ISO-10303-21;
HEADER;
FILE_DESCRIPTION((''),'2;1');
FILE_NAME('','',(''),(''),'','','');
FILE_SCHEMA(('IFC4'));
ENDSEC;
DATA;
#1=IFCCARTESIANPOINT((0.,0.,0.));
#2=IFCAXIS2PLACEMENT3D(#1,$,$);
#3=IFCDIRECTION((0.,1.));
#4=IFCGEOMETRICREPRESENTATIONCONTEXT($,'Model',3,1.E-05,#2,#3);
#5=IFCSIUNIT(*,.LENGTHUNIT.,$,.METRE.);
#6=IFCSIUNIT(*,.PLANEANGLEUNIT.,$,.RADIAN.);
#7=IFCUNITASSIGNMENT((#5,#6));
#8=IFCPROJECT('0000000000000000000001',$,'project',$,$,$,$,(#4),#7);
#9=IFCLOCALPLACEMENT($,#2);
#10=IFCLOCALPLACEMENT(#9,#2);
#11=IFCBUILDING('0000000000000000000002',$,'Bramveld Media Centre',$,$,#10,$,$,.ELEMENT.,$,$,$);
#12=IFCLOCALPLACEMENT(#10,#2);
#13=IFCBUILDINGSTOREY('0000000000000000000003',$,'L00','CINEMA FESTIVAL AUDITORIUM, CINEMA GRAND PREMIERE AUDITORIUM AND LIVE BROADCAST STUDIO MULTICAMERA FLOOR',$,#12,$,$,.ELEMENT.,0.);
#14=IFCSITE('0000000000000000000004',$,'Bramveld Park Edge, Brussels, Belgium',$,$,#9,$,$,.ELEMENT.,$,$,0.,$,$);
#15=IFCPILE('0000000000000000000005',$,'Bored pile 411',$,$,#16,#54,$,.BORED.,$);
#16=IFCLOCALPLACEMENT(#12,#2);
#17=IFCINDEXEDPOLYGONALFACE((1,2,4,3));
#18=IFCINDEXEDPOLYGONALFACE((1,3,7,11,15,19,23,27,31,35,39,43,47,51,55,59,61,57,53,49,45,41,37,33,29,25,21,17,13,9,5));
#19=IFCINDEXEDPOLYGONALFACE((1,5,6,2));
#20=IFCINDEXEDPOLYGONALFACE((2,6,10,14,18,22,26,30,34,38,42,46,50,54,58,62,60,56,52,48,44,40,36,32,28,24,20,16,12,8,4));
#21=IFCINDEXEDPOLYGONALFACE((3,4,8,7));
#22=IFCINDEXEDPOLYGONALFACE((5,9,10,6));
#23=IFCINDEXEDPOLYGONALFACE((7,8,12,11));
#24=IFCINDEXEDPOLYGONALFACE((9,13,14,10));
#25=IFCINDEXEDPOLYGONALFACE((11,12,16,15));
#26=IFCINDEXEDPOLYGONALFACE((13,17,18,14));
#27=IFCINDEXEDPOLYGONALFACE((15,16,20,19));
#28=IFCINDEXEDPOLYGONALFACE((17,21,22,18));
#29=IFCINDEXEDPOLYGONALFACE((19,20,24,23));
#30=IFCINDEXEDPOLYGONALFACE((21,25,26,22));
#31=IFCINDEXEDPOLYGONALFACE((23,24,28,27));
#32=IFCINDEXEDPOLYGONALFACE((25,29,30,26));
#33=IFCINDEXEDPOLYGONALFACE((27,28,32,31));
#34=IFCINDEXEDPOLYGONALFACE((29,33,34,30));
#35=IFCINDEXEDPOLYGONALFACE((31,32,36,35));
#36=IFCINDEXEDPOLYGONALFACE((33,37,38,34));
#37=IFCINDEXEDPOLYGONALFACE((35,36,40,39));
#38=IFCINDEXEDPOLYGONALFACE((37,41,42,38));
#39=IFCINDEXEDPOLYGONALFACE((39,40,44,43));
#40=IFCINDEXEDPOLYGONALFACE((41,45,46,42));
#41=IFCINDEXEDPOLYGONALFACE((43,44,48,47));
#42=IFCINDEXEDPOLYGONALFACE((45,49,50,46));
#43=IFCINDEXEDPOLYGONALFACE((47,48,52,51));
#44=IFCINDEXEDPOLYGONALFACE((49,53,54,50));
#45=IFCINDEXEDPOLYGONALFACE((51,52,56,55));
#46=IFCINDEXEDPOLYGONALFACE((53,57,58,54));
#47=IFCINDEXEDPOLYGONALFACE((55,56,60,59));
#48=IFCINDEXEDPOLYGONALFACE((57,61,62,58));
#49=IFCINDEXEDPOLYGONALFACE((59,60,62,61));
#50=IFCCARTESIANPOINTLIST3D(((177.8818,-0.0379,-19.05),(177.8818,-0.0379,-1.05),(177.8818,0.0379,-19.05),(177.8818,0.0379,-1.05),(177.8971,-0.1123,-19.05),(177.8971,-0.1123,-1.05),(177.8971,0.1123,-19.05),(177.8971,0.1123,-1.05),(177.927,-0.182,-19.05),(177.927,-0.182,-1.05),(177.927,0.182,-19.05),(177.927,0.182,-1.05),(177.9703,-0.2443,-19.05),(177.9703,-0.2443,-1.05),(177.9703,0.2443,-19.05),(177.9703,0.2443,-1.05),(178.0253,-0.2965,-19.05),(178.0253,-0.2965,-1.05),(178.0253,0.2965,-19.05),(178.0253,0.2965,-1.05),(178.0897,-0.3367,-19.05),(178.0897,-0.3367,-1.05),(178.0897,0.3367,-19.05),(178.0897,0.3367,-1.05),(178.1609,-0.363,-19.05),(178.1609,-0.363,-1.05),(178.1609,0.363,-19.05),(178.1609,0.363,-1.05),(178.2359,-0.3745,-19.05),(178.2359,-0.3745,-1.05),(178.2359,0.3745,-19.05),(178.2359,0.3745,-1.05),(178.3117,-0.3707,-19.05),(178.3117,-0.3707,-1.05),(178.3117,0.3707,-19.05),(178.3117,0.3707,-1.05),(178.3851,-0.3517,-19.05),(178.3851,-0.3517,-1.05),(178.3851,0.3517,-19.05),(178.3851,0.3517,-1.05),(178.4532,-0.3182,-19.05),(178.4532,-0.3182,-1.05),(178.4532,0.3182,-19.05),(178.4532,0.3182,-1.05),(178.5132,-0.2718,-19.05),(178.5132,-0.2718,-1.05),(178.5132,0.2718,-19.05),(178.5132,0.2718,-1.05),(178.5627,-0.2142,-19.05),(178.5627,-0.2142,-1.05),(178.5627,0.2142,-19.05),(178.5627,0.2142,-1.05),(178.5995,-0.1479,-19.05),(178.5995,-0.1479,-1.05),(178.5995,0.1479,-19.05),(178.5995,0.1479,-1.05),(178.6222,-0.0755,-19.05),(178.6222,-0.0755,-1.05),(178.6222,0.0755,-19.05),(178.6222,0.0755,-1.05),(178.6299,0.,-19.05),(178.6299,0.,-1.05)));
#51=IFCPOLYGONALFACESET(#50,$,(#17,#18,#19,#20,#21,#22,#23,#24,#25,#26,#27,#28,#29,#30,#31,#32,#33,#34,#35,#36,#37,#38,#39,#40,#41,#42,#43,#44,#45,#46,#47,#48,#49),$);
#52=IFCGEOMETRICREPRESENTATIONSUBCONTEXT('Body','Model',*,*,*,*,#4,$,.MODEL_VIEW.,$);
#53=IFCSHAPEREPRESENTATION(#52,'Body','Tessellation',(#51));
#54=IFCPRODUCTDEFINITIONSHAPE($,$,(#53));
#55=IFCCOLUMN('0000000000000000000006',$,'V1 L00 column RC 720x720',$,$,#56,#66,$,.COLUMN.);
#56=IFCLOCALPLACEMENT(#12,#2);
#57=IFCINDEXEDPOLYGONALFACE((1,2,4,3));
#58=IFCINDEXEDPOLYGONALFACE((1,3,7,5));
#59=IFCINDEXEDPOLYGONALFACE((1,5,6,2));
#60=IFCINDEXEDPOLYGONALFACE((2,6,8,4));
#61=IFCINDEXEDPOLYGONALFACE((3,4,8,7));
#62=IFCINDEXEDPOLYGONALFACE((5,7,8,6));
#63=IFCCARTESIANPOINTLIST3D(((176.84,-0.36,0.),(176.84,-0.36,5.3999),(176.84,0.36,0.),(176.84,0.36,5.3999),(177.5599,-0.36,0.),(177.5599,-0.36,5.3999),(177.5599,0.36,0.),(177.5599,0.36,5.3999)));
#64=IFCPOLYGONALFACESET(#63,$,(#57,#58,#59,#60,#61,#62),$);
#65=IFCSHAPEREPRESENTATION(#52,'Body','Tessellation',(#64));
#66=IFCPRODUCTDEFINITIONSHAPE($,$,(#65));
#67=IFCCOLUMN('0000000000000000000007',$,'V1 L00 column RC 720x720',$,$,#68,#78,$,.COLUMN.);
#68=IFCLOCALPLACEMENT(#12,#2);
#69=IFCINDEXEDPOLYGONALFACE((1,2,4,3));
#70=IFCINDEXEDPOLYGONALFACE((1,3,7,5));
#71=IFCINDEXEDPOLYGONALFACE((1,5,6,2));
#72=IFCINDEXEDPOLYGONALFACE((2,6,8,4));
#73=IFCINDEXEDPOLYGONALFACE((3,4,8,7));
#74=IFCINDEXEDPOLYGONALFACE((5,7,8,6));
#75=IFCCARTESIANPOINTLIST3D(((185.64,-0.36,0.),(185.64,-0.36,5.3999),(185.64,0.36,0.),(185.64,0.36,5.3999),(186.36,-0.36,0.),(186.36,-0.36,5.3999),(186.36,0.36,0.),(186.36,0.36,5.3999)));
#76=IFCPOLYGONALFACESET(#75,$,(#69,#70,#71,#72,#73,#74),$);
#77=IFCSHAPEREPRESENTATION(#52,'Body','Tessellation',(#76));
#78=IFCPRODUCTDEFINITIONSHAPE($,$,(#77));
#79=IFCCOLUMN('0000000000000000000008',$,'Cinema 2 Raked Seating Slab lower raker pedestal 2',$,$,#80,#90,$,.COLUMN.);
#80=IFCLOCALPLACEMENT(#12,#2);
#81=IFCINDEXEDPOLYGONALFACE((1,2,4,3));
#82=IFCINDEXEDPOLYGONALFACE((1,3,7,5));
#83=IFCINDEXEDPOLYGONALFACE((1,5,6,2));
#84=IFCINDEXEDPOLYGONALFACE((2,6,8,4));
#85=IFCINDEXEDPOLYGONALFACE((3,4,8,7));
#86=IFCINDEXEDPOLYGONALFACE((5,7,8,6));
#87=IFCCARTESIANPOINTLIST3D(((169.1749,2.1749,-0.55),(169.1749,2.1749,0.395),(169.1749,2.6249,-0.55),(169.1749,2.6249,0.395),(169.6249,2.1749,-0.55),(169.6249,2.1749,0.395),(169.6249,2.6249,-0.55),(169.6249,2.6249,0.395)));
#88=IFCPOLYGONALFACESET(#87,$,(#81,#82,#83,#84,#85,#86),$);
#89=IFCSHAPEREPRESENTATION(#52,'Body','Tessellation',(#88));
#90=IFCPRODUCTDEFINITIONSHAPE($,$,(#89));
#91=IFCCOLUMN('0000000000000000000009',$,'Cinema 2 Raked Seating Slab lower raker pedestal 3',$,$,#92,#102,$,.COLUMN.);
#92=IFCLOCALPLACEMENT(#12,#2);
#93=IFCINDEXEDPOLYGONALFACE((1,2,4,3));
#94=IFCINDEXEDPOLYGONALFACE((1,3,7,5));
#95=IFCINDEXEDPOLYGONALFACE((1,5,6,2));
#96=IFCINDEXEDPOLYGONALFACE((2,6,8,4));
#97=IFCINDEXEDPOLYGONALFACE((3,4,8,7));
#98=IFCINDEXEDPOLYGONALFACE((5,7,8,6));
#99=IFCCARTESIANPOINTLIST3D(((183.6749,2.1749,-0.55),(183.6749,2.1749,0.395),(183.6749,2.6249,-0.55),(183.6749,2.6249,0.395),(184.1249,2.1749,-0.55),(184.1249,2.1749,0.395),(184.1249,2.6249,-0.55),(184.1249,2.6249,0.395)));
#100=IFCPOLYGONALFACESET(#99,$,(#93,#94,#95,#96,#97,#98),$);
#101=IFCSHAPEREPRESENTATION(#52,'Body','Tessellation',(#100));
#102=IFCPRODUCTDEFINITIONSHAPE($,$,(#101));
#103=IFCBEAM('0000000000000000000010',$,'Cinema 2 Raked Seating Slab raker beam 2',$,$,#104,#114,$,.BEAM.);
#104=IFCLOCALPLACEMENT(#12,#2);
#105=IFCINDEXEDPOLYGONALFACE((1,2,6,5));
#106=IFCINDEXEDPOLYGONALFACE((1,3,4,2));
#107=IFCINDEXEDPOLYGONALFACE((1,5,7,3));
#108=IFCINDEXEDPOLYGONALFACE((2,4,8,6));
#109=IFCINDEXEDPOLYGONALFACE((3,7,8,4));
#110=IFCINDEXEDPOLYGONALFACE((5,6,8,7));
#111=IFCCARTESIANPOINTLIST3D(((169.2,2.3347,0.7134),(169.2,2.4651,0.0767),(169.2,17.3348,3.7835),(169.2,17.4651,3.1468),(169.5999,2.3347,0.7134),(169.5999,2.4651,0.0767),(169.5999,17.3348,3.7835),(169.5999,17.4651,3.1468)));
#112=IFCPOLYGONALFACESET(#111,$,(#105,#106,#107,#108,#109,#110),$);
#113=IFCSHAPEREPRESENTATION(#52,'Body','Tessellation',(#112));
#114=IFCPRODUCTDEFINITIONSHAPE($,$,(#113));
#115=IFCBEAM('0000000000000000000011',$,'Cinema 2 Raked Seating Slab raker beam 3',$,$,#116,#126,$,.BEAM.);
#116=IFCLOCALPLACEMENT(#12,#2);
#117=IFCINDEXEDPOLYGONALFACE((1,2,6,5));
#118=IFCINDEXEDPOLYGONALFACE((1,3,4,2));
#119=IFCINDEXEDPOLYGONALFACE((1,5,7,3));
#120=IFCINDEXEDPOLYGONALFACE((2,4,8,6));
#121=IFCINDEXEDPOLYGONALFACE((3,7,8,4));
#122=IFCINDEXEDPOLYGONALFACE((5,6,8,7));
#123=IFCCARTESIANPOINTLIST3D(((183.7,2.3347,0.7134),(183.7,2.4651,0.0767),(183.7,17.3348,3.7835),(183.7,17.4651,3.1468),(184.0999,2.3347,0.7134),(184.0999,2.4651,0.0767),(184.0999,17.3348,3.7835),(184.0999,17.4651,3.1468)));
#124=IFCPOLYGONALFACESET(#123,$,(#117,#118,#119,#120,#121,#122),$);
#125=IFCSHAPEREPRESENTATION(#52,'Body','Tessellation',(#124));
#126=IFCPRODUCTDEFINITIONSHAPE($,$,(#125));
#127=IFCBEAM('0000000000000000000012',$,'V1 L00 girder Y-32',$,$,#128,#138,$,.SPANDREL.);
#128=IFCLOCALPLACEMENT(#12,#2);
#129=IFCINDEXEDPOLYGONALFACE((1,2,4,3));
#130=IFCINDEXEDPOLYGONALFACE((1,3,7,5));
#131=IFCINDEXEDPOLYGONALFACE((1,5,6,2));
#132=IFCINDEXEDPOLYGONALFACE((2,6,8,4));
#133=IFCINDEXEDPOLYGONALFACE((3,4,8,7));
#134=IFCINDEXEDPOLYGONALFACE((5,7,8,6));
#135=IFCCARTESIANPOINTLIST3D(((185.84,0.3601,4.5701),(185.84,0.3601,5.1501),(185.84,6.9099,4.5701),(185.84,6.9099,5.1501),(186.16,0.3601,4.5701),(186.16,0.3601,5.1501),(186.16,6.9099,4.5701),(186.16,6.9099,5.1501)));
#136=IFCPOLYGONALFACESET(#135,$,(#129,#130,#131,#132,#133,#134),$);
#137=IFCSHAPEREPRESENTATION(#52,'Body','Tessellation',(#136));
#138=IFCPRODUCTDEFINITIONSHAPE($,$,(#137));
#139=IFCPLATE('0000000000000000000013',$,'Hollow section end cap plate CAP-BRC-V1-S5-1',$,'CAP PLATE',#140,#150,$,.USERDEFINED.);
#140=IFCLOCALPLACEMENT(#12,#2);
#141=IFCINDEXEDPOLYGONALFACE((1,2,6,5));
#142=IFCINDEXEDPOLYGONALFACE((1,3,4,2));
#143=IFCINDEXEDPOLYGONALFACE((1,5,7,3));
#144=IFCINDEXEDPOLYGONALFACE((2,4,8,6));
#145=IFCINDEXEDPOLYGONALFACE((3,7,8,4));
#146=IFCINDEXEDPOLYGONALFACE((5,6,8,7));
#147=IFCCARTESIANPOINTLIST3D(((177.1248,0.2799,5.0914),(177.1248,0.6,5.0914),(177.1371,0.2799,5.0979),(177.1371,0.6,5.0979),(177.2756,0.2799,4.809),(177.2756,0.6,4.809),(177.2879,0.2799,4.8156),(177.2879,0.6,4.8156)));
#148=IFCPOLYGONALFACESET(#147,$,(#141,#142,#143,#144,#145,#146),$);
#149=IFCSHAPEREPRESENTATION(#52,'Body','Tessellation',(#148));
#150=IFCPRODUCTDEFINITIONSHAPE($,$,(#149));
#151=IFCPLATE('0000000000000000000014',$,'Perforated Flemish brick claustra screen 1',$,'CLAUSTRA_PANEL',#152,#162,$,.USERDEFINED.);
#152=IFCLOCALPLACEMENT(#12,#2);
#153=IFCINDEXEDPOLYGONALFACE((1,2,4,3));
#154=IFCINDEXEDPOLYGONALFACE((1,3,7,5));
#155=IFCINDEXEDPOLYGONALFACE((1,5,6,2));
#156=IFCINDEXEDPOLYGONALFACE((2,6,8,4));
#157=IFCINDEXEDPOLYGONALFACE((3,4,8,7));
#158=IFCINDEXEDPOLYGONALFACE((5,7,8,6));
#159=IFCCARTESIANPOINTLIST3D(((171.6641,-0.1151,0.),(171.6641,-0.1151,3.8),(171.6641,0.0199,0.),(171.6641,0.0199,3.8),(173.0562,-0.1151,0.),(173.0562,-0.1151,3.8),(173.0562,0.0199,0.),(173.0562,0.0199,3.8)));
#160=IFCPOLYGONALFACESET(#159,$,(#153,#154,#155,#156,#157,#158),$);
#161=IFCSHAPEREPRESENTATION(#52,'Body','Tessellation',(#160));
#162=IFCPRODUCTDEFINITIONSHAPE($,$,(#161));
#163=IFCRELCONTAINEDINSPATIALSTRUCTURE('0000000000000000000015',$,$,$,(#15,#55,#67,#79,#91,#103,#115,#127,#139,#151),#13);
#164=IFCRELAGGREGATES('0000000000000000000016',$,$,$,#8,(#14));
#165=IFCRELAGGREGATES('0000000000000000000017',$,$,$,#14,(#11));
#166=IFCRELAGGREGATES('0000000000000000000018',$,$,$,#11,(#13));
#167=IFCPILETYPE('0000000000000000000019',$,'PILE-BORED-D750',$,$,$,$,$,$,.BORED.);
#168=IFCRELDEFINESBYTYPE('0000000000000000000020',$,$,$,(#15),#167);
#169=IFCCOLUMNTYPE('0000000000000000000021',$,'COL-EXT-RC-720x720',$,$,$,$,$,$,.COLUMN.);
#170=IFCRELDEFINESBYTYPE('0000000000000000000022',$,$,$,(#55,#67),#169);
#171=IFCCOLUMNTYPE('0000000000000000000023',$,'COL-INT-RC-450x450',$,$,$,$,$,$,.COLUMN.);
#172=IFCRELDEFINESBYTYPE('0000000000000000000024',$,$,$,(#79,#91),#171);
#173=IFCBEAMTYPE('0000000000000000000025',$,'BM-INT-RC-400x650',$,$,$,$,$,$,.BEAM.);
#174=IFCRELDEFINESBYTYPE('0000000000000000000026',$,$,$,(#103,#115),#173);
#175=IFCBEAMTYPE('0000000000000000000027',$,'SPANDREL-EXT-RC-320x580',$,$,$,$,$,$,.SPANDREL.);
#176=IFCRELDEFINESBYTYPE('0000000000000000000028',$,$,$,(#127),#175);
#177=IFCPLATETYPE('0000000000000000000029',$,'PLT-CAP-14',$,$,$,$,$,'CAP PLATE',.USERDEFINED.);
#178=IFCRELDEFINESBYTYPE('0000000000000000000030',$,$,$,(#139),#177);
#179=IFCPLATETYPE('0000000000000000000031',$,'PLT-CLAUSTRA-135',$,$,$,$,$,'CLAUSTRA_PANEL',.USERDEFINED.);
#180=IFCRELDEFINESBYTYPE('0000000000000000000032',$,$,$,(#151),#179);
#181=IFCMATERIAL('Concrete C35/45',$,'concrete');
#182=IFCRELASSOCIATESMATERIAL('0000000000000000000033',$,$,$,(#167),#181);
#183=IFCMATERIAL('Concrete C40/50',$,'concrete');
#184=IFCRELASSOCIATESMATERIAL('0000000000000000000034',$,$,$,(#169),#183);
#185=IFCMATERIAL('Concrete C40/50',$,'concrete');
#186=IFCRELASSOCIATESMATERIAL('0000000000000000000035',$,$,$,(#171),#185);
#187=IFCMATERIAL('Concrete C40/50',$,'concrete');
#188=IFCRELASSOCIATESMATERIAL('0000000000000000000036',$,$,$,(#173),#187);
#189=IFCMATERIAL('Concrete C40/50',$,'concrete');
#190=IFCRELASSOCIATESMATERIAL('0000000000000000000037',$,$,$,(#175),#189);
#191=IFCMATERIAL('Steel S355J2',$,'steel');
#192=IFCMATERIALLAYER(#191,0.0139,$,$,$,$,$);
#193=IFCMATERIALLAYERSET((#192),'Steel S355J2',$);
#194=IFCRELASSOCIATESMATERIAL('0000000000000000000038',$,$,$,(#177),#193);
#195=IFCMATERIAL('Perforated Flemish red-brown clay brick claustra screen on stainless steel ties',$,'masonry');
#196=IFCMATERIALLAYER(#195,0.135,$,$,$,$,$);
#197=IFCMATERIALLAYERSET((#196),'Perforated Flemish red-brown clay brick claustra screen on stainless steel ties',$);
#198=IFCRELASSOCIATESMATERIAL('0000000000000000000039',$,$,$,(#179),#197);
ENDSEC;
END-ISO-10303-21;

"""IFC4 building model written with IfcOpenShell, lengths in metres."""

from ifc_helpers import new_model, si_unit, direction, frame, origin, origin_2d, place, context, subcontext, project, spatial, rectangle, circle, extrude, material, layer, layer_set, material_profile, profile_set, type_object, element, save


model = new_model("IFC4")

# Units and contexts
model_context = context("Model", 3, precision=1e-05, world=origin(), true_north=direction((0.0, 1.0)))
body_context = subcontext(model_context, "Body", "Model", "MODEL_VIEW")
ifc_project = project(units=[si_unit("LENGTHUNIT", "METRE"), si_unit("PLANEANGLEUNIT", "RADIAN")], contexts=[model_context])

# Site, building, storey
site_placement = place(None, origin())
site = spatial("IfcSite", under=ifc_project, at=site_placement, Name="Bramveld Park Edge, Brussels, Belgium", CompositionType="ELEMENT", RefElevation=0.0)
building_placement = place(site_placement, origin())
building = spatial("IfcBuilding", under=site, at=building_placement, Name="Bramveld Media Centre", CompositionType="ELEMENT")
storey_placement = place(building_placement, origin())
storey = spatial("IfcBuildingStorey", under=building, at=storey_placement, Name="L00", Description="CINEMA FESTIVAL AUDITORIUM, CINEMA GRAND PREMIERE AUDITORIUM AND LIVE BROADCAST STUDIO MULTICAMERA FLOOR", CompositionType="ELEMENT", Elevation=0.0)

# Pile
ifc_material_1 = material(Name="Concrete C35/45", Category="concrete")
ifc_material_profile_1 = material_profile(ifc_material_1, circle(Radius=0.375, at=origin_2d()), Name="BORED D750")
ifc_profile_set_1 = profile_set([ifc_material_profile_1], Name="Concrete C35/45")
pile_type_1 = type_object("IfcPileType", Name="PILE-BORED-D750", PredefinedType="BORED", material=ifc_profile_set_1)
for number, where, z_axis, x_axis, name in (
    (1, (178.2549, 0.0, -1.05), (0.0, 0.0, -1.0), (1.0, 0.0, 0.0), "Bored pile 411"),
):
    element("IfcPile", number, at=place(storey_placement, frame(where, z_axis=z_axis, x_axis=x_axis)), inside=storey, type_object=pile_type_1, Name=name, PredefinedType="BORED", context=body_context, shape_type="SweptSolid", body=[
        extrude(circle(Radius=0.375, at=origin_2d()), origin(), (0.0, 0.0, 1.0), 18.0),
    ])

# Columns
ifc_material_2 = material(Name="Concrete C40/50", Category="concrete")
ifc_material_profile_2 = material_profile(ifc_material_2, rectangle(XDim=0.72, YDim=0.72, at=origin_2d()), Name="RC 720x720")
ifc_profile_set_2 = profile_set([ifc_material_profile_2], Name="Concrete C40/50")
column_type_1 = type_object("IfcColumnType", Name="COL-EXT-RC-720x720", PredefinedType="COLUMN", material=ifc_profile_set_2)
for number, where, z_axis, x_axis, name in (
    (2, (177.2, 0.0, 0.0), (0.0, 0.0, 1.0), (1.0, 0.0, 0.0), "V1 L00 column RC 720x720"),
    (3, (186.0, 0.0, 0.0), (0.0, 0.0, 1.0), (1.0, 0.0, 0.0), "V1 L00 column RC 720x720"),
):
    element("IfcColumn", number, at=place(storey_placement, frame(where, z_axis=z_axis, x_axis=x_axis)), inside=storey, type_object=column_type_1, Name=name, PredefinedType="COLUMN", context=body_context, shape_type="SweptSolid", body=[
        extrude(rectangle(XDim=0.72, YDim=0.72, at=origin_2d()), origin(), (0.0, 0.0, 1.0), 5.3999),
    ])
ifc_material_3 = material(Name="Concrete C40/50", Category="concrete")
ifc_material_profile_3 = material_profile(ifc_material_3, rectangle(XDim=0.45, YDim=0.45, at=origin_2d()), Name="RC 450x450")
ifc_profile_set_3 = profile_set([ifc_material_profile_3], Name="Concrete C40/50")
column_type_2 = type_object("IfcColumnType", Name="COL-INT-RC-450x450", PredefinedType="COLUMN", material=ifc_profile_set_3)
for number, where, z_axis, x_axis, name in (
    (4, (169.3999, 2.3999, -0.55), (0.0, 0.0, 1.0), (1.0, 0.0, 0.0), "Cinema 2 Raked Seating Slab lower raker pedestal 2"),
    (5, (183.8999, 2.3999, -0.55), (0.0, 0.0, 1.0), (1.0, 0.0, 0.0), "Cinema 2 Raked Seating Slab lower raker pedestal 3"),
):
    element("IfcColumn", number, at=place(storey_placement, frame(where, z_axis=z_axis, x_axis=x_axis)), inside=storey, type_object=column_type_2, Name=name, PredefinedType="COLUMN", context=body_context, shape_type="SweptSolid", body=[
        extrude(rectangle(XDim=0.45, YDim=0.45, at=origin_2d()), origin(), (0.0, 0.0, 1.0), 0.9451),
    ])

# Beams
ifc_material_4 = material(Name="Concrete C40/50", Category="concrete")
ifc_material_profile_4 = material_profile(ifc_material_4, rectangle(XDim=0.3999, YDim=0.6499, at=origin_2d()), Name="RC 400x650")
ifc_profile_set_4 = profile_set([ifc_material_profile_4], Name="Concrete C40/50")
beam_type_1 = type_object("IfcBeamType", Name="BM-INT-RC-400x650", PredefinedType="BEAM", material=ifc_profile_set_4)
for number, where, z_axis, x_axis, name in (
    (6, (169.3999, 2.3999, 0.395), (0.0, 0.979691, 0.200515), (-1.0, 0.0, 0.0), "Cinema 2 Raked Seating Slab raker beam 2"),
    (7, (183.8999, 2.3999, 0.395), (0.0, 0.979691, 0.200515), (-1.0, 0.0, 0.0), "Cinema 2 Raked Seating Slab raker beam 3"),
):
    element("IfcBeam", number, at=place(storey_placement, frame(where, z_axis=z_axis, x_axis=x_axis)), inside=storey, type_object=beam_type_1, Name=name, PredefinedType="BEAM", context=body_context, shape_type="SweptSolid", body=[
        extrude(rectangle(XDim=0.3999, YDim=0.6499, at=origin_2d()), origin(), (0.0, 0.0, 1.0), 15.311),
    ])
ifc_material_5 = material(Name="Concrete C40/50", Category="concrete")
ifc_material_profile_5 = material_profile(ifc_material_5, rectangle(XDim=0.3201, YDim=0.5801, at=origin_2d()), Name="RC 320x580")
ifc_profile_set_5 = profile_set([ifc_material_profile_5], Name="Concrete C40/50")
beam_type_2 = type_object("IfcBeamType", Name="SPANDREL-EXT-RC-320x580", PredefinedType="SPANDREL", material=ifc_profile_set_5)
beam_placement = place(storey_placement, frame((186.0, 0.3601, 4.8601), z_axis=(0.0, 1.0, 0.0), x_axis=(-1.0, 0.0, 0.0)))
element("IfcBeam", 8, at=beam_placement, inside=storey, type_object=beam_type_2, Name="V1 L00 girder Y-32", PredefinedType="SPANDREL", context=body_context, shape_type="SweptSolid", body=[
    extrude(rectangle(XDim=0.3201, YDim=0.5801, at=origin_2d()), origin(), (0.0, 0.0, 1.0), 6.5498),
])

# Plates
ifc_material_6 = material(Name="Steel S355J2", Category="steel")
ifc_layer_1 = layer(ifc_material_6, 0.0139)
ifc_layer_set_1 = layer_set([ifc_layer_1], Name="Steel S355J2")
plate_type_1 = type_object("IfcPlateType", Name="PLT-CAP-14", ElementType="CAP PLATE", PredefinedType="USERDEFINED", material=ifc_layer_set_1)
plate_1_placement = place(storey_placement, frame((177.2002, 0.4399, 4.9502), z_axis=(0.882075, 0.0, 0.471108), x_axis=(0.0, 1.0, 0.0)))
element("IfcPlate", 9, at=plate_1_placement, inside=storey, type_object=plate_type_1, Name="Hollow section end cap plate CAP-BRC-V1-S5-1", ObjectType="CAP PLATE", PredefinedType="USERDEFINED", context=body_context, shape_type="SweptSolid", body=[
    extrude(rectangle(XDim=0.3201, YDim=0.3201, at=origin_2d()), origin(), (0.0, 0.0, 1.0), 0.0139),
])
ifc_material_7 = material(Name="Perforated Flemish red-brown clay brick claustra screen on stainless steel ties", Category="masonry")
ifc_layer_2 = layer(ifc_material_7, 0.135)
ifc_layer_set_2 = layer_set([ifc_layer_2], Name="Perforated Flemish red-brown clay brick claustra screen on stainless steel ties")
plate_type_2 = type_object("IfcPlateType", Name="PLT-CLAUSTRA-135", ElementType="CLAUSTRA_PANEL", PredefinedType="USERDEFINED", material=ifc_layer_set_2)
plate_2_placement = place(storey_placement, frame((172.3601, -0.0476, 0.0), z_axis=(0.0, 0.0, 1.0), x_axis=(1.0, 0.0, 0.0)))
element("IfcPlate", 10, at=plate_2_placement, inside=storey, type_object=plate_type_2, Name="Perforated Flemish brick claustra screen 1", ObjectType="CLAUSTRA_PANEL", PredefinedType="USERDEFINED", context=body_context, shape_type="SweptSolid", body=[
    extrude(rectangle(XDim=1.3921, YDim=0.135, at=origin_2d()), origin(), (0.0, 0.0, 1.0), 3.8),
])

save(model, "model.ifc")
